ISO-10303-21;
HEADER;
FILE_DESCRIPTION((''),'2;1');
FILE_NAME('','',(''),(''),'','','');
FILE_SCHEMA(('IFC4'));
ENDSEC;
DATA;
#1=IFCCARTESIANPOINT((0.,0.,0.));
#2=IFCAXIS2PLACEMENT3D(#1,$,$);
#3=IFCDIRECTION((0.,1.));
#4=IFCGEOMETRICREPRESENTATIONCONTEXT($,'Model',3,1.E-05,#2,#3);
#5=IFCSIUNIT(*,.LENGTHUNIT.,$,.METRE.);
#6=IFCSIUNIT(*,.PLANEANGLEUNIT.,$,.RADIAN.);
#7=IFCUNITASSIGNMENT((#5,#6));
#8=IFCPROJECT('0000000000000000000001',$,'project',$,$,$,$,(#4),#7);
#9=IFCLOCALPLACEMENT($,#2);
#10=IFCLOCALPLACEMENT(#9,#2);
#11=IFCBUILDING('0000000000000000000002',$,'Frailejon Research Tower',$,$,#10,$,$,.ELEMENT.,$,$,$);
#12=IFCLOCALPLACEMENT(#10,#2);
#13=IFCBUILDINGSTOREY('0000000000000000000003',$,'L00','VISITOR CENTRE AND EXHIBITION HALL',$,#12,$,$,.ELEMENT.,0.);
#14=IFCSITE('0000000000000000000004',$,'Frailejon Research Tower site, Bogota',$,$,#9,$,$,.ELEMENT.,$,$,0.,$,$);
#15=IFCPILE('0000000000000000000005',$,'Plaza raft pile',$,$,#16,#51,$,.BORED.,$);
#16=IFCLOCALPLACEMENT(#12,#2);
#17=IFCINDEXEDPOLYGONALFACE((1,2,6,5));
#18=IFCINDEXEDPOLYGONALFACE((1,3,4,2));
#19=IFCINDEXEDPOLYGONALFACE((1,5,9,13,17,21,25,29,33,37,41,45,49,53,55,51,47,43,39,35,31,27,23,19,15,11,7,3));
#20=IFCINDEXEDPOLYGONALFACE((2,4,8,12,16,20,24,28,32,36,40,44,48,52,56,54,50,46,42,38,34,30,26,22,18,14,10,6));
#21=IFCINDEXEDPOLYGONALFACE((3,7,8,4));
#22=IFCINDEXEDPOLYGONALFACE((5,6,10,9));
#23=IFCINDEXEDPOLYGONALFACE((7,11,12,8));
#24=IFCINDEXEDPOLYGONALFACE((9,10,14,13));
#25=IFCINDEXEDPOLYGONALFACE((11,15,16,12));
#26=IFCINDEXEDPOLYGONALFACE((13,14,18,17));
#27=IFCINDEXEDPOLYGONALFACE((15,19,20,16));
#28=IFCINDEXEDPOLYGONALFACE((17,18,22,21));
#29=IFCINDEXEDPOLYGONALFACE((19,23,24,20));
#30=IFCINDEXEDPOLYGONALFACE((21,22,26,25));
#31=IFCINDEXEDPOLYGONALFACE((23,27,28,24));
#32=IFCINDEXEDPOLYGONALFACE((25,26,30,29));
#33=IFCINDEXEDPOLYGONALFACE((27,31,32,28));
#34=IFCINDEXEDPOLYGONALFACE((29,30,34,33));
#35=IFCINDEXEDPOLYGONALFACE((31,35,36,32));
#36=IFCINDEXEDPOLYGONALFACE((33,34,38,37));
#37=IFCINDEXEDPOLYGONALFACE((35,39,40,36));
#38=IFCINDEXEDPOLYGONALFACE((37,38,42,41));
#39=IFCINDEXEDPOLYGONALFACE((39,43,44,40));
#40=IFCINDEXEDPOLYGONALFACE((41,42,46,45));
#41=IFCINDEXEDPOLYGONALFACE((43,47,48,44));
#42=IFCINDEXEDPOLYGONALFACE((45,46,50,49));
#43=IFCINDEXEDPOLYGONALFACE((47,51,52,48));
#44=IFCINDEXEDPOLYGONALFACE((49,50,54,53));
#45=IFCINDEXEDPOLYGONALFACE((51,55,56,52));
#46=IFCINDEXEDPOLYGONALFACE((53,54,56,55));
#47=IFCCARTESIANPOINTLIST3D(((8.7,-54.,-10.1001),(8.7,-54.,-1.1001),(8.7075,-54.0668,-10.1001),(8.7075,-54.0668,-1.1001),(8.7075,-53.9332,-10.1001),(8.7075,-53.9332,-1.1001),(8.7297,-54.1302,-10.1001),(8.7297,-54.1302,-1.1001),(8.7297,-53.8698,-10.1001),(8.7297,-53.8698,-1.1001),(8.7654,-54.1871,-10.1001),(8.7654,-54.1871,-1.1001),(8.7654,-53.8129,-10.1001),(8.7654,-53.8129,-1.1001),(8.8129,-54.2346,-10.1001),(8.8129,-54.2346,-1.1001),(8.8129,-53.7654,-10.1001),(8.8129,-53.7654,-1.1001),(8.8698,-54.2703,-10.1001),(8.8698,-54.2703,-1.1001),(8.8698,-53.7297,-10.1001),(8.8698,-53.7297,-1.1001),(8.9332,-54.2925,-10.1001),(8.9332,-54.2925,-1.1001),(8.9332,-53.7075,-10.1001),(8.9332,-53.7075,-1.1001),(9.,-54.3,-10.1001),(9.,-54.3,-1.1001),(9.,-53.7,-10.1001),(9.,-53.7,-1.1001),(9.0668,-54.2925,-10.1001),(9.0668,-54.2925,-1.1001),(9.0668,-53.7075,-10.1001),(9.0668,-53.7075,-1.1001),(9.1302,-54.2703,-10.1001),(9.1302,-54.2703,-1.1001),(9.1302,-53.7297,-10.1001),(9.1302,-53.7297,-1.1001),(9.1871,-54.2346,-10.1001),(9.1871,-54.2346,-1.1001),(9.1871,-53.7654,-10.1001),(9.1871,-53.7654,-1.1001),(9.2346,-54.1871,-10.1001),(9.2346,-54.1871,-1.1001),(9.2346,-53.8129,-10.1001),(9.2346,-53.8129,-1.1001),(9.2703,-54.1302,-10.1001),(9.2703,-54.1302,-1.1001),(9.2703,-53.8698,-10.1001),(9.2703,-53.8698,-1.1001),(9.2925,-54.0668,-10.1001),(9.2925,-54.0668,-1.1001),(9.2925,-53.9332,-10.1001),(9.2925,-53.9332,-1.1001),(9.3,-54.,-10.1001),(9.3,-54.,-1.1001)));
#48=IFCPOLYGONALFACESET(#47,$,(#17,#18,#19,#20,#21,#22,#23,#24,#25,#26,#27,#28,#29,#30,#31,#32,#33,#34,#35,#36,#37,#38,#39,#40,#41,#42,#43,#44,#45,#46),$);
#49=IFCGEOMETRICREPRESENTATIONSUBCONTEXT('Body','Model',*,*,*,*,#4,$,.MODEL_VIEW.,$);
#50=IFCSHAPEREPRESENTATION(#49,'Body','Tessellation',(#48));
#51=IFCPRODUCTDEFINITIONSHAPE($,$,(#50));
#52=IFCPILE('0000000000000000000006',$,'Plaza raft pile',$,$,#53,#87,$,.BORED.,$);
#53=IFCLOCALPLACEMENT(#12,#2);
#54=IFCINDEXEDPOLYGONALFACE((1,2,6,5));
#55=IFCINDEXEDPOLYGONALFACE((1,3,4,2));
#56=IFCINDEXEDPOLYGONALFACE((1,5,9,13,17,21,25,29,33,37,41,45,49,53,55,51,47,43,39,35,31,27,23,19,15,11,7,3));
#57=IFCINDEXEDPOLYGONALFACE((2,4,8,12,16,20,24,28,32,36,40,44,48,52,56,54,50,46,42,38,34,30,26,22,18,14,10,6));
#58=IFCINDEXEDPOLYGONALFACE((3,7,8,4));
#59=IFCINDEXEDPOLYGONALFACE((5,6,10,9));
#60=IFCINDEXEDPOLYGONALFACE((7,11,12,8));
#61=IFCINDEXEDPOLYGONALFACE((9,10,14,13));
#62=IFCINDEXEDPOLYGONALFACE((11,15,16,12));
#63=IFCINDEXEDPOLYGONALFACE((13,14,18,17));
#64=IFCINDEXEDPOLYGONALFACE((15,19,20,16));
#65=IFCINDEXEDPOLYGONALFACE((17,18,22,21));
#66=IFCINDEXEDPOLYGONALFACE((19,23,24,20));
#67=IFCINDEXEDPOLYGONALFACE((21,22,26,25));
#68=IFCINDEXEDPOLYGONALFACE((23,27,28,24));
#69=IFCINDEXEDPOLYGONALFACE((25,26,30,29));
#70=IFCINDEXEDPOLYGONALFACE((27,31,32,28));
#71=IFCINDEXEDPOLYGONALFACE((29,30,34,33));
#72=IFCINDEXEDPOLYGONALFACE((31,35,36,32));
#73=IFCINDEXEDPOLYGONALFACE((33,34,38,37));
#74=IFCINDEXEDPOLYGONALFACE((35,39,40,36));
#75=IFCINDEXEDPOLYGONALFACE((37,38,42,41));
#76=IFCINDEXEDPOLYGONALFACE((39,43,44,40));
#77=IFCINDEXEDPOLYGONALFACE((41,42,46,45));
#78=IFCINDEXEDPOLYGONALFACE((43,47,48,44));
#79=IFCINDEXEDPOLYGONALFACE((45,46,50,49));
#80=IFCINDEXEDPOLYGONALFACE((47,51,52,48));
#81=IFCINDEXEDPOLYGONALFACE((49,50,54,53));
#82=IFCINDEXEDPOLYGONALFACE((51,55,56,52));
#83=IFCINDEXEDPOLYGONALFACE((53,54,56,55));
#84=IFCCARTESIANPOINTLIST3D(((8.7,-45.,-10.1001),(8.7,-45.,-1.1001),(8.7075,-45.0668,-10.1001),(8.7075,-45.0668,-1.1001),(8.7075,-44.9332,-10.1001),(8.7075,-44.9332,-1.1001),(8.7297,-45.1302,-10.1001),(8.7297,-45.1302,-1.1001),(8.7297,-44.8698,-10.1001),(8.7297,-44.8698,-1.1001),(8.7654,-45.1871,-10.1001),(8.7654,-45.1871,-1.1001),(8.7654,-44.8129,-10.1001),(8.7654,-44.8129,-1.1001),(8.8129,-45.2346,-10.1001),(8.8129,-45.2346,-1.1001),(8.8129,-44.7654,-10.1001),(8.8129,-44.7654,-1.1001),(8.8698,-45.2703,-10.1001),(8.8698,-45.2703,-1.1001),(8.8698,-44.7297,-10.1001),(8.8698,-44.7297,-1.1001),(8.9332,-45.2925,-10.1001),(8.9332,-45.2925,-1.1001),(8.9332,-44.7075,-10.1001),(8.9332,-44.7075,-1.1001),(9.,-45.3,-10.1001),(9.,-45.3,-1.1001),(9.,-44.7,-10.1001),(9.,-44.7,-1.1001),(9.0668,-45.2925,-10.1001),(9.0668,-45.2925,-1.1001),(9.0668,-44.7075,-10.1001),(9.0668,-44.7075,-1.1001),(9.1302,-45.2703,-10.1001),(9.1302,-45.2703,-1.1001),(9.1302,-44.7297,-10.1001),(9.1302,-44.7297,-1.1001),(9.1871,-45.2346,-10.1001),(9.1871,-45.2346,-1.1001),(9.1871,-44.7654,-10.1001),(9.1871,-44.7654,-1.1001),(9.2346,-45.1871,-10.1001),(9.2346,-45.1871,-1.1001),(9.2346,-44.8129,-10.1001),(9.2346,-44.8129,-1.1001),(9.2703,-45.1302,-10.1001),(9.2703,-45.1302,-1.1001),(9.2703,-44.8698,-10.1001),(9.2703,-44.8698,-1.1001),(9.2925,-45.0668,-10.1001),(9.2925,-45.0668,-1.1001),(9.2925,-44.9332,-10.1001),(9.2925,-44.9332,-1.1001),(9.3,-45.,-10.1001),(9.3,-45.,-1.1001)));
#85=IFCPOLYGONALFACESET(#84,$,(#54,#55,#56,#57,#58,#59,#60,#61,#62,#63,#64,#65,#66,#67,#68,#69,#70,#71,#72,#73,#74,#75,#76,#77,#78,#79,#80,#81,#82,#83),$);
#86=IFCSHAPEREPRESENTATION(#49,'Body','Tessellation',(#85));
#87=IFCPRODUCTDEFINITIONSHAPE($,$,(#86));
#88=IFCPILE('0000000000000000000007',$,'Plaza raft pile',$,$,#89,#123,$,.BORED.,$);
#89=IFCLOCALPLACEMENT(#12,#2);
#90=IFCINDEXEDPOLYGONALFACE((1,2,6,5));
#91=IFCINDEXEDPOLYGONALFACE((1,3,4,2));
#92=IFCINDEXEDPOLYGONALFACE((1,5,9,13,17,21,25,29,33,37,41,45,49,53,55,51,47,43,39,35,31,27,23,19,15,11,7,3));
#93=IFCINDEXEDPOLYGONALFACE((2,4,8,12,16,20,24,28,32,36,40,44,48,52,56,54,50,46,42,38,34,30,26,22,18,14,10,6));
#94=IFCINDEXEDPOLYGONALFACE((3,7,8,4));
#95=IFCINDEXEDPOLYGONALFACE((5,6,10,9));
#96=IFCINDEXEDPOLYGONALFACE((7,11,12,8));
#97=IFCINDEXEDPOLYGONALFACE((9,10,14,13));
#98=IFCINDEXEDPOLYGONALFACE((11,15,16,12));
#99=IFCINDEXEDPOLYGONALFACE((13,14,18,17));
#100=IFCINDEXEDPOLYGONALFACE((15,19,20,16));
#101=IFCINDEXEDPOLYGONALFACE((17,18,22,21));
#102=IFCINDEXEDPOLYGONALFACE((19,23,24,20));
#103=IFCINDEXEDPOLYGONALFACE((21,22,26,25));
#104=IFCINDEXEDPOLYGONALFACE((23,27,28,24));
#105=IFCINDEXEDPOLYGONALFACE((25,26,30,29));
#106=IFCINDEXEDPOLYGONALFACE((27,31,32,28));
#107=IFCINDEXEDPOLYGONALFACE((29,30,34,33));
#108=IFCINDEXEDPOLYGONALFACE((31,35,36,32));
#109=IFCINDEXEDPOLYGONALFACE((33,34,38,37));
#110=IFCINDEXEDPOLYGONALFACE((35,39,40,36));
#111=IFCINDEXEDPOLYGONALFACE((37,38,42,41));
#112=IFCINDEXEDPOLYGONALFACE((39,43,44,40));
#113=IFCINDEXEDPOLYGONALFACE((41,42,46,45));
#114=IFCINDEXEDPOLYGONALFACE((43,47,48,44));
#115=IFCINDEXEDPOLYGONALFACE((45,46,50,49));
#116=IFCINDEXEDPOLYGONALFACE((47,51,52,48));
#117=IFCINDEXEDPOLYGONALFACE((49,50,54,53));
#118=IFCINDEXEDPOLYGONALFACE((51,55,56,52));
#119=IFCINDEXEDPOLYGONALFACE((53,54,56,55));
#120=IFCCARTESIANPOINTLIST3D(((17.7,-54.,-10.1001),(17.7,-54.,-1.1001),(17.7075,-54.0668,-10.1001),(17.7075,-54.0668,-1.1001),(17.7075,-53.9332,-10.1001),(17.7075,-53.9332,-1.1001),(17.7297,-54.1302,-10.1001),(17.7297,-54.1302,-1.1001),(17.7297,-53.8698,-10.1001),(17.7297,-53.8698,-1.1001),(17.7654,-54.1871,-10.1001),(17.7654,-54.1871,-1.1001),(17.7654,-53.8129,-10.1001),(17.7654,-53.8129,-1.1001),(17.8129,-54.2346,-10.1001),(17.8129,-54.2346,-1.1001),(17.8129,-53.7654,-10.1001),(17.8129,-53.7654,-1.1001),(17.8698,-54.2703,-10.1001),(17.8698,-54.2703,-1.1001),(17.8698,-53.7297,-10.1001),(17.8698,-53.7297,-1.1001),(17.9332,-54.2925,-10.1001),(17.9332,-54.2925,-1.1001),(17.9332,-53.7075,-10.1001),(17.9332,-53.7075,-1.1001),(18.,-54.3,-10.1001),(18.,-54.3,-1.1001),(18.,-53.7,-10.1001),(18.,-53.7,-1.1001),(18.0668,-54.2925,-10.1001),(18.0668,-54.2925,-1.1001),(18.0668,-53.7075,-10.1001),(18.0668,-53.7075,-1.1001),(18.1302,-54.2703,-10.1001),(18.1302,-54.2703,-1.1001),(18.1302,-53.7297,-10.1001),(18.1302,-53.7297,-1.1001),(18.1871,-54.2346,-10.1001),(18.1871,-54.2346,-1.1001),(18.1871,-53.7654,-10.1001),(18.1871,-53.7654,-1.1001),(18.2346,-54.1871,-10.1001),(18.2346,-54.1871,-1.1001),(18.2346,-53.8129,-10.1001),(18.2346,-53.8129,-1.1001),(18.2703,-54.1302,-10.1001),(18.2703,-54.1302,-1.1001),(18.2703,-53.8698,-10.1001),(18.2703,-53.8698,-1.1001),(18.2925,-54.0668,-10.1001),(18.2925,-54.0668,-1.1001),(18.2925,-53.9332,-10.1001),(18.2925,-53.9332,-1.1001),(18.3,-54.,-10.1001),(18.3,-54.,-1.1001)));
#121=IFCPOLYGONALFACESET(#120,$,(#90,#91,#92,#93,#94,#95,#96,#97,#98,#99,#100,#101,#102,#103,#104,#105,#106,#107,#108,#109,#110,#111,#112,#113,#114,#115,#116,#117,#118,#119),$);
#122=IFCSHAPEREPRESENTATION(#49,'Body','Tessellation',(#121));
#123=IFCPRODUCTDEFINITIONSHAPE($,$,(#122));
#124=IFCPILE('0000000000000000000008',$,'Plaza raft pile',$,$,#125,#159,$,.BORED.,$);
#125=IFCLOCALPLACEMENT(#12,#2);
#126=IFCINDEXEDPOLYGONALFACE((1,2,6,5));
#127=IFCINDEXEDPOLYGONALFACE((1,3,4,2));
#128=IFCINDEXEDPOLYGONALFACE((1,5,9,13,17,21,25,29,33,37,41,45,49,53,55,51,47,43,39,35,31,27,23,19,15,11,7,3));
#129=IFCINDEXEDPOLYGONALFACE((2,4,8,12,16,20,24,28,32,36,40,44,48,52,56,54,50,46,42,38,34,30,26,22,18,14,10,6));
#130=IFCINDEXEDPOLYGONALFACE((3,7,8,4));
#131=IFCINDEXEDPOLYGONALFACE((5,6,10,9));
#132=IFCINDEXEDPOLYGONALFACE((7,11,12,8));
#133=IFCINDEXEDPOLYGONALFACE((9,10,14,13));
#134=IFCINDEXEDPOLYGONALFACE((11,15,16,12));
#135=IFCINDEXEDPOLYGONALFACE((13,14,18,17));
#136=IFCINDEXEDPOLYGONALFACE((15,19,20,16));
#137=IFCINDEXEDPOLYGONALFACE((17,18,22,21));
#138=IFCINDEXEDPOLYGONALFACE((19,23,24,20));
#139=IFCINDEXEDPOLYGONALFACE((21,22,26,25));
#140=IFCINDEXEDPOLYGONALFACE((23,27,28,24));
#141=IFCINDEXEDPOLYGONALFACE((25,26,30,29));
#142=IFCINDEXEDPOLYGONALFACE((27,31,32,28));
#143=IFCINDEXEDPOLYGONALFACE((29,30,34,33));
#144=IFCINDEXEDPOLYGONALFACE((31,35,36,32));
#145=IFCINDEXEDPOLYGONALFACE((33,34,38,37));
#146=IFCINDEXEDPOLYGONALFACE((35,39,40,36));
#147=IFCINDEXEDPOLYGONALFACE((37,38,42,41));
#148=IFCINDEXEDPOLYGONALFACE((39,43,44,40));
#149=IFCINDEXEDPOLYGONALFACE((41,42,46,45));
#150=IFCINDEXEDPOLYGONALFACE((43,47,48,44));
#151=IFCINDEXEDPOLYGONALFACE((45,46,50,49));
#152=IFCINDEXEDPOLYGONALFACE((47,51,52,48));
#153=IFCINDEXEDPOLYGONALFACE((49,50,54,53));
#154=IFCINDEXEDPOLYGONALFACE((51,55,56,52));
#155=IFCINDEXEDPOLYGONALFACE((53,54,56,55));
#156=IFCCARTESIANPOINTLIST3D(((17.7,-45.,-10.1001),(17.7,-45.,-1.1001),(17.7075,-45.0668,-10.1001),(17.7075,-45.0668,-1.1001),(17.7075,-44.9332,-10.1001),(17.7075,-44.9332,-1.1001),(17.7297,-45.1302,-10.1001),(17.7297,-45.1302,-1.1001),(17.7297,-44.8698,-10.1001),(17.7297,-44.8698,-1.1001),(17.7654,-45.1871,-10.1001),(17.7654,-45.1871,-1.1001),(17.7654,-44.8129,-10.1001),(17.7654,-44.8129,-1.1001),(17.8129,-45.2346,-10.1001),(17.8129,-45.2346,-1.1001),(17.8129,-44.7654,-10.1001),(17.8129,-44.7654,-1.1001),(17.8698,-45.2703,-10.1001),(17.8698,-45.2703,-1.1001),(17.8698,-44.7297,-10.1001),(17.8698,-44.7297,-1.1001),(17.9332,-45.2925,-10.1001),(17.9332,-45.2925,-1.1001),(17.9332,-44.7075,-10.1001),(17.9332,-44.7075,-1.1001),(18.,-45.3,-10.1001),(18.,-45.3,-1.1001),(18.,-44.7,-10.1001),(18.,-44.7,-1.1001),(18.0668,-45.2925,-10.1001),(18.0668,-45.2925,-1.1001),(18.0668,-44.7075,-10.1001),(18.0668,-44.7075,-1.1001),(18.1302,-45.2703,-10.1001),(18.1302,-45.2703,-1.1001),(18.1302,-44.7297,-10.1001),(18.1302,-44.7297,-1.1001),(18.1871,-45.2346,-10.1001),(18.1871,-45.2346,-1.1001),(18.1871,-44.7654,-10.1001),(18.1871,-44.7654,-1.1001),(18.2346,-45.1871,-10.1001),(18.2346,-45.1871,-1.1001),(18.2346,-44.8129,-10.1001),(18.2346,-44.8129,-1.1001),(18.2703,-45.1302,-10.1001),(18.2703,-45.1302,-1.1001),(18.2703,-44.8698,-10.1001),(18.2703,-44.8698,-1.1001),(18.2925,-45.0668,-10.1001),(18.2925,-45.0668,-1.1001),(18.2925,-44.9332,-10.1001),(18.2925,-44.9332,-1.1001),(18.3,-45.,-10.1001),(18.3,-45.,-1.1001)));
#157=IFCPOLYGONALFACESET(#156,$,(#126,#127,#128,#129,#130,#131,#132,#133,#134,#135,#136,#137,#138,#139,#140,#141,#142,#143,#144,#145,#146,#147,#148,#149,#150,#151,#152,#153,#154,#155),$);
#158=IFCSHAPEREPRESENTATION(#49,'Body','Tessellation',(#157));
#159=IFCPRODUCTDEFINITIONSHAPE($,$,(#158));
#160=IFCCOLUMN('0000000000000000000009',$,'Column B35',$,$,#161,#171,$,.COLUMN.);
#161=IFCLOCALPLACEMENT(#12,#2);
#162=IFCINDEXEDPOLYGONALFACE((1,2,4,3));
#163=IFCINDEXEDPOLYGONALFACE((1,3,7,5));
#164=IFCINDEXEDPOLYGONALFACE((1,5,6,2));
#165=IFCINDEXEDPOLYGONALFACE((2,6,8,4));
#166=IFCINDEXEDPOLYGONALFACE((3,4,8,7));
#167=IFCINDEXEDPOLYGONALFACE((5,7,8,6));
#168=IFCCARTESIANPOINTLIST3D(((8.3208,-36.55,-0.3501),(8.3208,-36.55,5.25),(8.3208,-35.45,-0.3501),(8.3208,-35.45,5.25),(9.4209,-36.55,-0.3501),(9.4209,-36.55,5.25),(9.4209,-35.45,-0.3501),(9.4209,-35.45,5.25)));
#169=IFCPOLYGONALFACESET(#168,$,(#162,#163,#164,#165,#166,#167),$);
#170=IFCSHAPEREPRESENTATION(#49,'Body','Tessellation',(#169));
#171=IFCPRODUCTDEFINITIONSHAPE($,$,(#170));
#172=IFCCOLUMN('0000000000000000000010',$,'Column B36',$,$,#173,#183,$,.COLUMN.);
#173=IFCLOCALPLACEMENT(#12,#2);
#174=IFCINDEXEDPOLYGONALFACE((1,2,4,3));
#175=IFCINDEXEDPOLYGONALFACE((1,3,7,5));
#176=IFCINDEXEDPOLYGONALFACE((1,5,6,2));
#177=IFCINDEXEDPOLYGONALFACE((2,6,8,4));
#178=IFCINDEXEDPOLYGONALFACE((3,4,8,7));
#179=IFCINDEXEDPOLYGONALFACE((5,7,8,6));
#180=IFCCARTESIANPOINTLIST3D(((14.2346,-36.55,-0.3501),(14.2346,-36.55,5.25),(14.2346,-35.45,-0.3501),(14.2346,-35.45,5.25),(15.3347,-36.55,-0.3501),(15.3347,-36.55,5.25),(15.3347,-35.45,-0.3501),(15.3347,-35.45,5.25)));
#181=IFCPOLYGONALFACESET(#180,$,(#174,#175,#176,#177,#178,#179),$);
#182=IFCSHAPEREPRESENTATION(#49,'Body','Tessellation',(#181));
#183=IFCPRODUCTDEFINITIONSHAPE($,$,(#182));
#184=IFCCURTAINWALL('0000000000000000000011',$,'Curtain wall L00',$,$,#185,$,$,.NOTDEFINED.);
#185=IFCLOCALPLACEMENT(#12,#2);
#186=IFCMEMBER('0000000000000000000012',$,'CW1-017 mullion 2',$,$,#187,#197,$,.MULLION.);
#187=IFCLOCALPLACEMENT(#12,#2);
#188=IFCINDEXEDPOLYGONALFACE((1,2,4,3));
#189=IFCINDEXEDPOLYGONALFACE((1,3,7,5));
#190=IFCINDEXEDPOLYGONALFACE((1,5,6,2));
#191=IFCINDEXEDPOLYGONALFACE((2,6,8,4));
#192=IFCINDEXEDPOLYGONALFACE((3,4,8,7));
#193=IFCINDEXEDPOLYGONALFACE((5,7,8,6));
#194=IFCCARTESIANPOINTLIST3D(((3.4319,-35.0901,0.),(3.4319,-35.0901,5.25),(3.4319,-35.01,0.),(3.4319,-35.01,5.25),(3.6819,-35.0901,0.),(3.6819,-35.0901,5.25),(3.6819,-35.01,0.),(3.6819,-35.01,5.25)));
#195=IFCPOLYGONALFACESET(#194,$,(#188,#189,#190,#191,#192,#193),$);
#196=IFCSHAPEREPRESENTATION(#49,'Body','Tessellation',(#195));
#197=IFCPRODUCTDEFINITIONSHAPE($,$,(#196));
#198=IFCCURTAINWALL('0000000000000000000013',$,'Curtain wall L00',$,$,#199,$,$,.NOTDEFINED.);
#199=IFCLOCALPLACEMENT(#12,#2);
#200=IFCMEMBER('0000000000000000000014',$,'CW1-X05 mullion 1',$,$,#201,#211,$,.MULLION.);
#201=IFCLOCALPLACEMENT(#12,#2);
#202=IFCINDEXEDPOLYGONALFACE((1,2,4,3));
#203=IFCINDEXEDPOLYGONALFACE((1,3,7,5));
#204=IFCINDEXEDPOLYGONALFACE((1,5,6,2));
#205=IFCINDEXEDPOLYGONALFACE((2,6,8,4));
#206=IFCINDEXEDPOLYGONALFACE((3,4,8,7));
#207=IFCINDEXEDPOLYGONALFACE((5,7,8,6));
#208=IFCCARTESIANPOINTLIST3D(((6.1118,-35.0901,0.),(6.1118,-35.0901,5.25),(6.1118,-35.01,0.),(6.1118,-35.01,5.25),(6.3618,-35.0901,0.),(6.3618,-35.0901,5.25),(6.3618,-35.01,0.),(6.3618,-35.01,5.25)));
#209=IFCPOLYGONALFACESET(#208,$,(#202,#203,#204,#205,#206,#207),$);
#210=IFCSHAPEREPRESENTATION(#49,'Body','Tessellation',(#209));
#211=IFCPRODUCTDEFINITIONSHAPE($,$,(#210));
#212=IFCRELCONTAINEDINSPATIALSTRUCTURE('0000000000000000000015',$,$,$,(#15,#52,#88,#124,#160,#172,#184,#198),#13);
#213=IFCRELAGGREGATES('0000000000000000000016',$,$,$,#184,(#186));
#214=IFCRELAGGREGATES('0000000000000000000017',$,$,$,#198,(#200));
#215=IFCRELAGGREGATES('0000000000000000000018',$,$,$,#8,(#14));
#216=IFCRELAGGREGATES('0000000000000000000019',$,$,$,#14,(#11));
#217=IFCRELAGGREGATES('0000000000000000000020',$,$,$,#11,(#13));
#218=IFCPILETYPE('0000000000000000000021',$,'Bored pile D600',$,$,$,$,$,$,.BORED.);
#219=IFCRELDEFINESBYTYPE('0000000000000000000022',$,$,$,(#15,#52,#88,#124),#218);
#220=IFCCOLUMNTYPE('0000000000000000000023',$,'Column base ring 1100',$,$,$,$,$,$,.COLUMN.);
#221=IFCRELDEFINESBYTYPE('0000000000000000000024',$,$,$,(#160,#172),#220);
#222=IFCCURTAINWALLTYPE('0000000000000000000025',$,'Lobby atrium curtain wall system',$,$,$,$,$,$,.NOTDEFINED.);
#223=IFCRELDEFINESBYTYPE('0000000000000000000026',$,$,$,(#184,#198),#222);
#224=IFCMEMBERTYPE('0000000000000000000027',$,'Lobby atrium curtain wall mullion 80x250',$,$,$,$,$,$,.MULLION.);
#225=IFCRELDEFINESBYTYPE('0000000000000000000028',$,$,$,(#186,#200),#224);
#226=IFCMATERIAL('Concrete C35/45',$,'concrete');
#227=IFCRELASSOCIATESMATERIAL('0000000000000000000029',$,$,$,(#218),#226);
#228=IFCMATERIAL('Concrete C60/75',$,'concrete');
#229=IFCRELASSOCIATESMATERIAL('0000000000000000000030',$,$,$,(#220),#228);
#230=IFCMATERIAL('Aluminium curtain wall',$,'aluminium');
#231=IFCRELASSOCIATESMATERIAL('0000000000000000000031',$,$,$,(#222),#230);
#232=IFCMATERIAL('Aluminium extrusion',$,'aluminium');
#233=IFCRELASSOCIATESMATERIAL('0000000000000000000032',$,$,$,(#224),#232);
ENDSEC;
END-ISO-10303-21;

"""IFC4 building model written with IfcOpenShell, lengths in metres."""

from ifc_helpers import new_model, si_unit, direction, frame, origin, origin_2d, place, context, subcontext, project, spatial, rectangle, circle, extrude, material, material_profile, profile_set, type_object, element, aggregate, save


model = new_model("IFC4")

# Units and contexts
model_context = context("Model", 3, precision=1e-05, world=origin(), true_north=direction((0.0, 1.0)))
body_context = subcontext(model_context, "Body", "Model", "MODEL_VIEW")
ifc_project = project(units=[si_unit("LENGTHUNIT", "METRE"), si_unit("PLANEANGLEUNIT", "RADIAN")], contexts=[model_context])

# Site, building, storey
site_placement = place(None, origin())
site = spatial("IfcSite", under=ifc_project, at=site_placement, Name="Frailejon Research Tower site, Bogota", CompositionType="ELEMENT", RefElevation=0.0)
building_placement = place(site_placement, origin())
building = spatial("IfcBuilding", under=site, at=building_placement, Name="Frailejon Research Tower", CompositionType="ELEMENT")
storey_placement = place(building_placement, origin())
storey = spatial("IfcBuildingStorey", under=building, at=storey_placement, Name="L00", Description="VISITOR CENTRE AND EXHIBITION HALL", CompositionType="ELEMENT", Elevation=0.0)

# Piles
ifc_material_1 = material(Name="Concrete C35/45", Category="concrete")
ifc_material_profile_1 = material_profile(ifc_material_1, circle(Radius=0.3, at=origin_2d()), Name="Bored pile D600")
ifc_profile_set_1 = profile_set([ifc_material_profile_1], Name="Concrete C35/45")
pile_type = type_object("IfcPileType", Name="Bored pile D600", PredefinedType="BORED", material=ifc_profile_set_1)
for number, where, z_axis, x_axis, name in (
    (1, (9.0, -54.0, -1.1001), (0.0, 0.0, -1.0), (1.0, 0.0, 0.0), "Plaza raft pile"),
    (2, (9.0, -45.0, -1.1001), (0.0, 0.0, -1.0), (1.0, 0.0, 0.0), "Plaza raft pile"),
    (3, (18.0, -54.0, -1.1001), (0.0, 0.0, -1.0), (1.0, 0.0, 0.0), "Plaza raft pile"),
    (4, (18.0, -45.0, -1.1001), (0.0, 0.0, -1.0), (1.0, 0.0, 0.0), "Plaza raft pile"),
):
    element("IfcPile", number, at=place(storey_placement, frame(where, z_axis=z_axis, x_axis=x_axis)), inside=storey, type_object=pile_type, Name=name, PredefinedType="BORED", context=body_context, shape_type="SweptSolid", body=[
        extrude(circle(Radius=0.3, at=origin_2d()), origin(), (0.0, 0.0, 1.0), 9.0),
    ])

# Columns
ifc_material_2 = material(Name="Concrete C60/75", Category="concrete")
ifc_material_profile_2 = material_profile(ifc_material_2, rectangle(XDim=1.1001, YDim=1.1001, at=origin_2d()), Name="Column base ring 1100")
ifc_profile_set_2 = profile_set([ifc_material_profile_2], Name="Concrete C60/75")
column_type = type_object("IfcColumnType", Name="Column base ring 1100", PredefinedType="COLUMN", material=ifc_profile_set_2)
for number, where, z_axis, x_axis, name in (
    (5, (8.8708, -36.0, -0.3501), (0.0, 0.0, 1.0), (1.0, 0.0, 0.0), "Column B35"),
    (6, (14.7847, -36.0, -0.3501), (0.0, 0.0, 1.0), (1.0, 0.0, 0.0), "Column B36"),
):
    element("IfcColumn", number, at=place(storey_placement, frame(where, z_axis=z_axis, x_axis=x_axis)), inside=storey, type_object=column_type, Name=name, PredefinedType="COLUMN", context=body_context, shape_type="SweptSolid", body=[
        extrude(rectangle(XDim=1.1001, YDim=1.1001, at=origin_2d()), origin(), (0.0, 0.0, 1.0), 5.6001),
    ])

# Curtain wall, member
ifc_material_3 = material(Name="Aluminium curtain wall", Category="aluminium")
curtain_wall_type = type_object("IfcCurtainWallType", Name="Lobby atrium curtain wall system", PredefinedType="NOTDEFINED", material=ifc_material_3)
curtain_wall_1_placement = place(storey_placement, origin())
curtain_wall_1 = element("IfcCurtainWall", 7, at=curtain_wall_1_placement, inside=storey, type_object=curtain_wall_type, Name="Curtain wall L00", PredefinedType="NOTDEFINED")
ifc_material_4 = material(Name="Aluminium extrusion", Category="aluminium")
ifc_material_profile_3 = material_profile(ifc_material_4, rectangle(XDim=0.0801, YDim=0.25, at=origin_2d()), Name="Lobby atrium curtain wall mullion 80x250")
ifc_profile_set_3 = profile_set([ifc_material_profile_3], Name="Aluminium extrusion")
member_type_1 = type_object("IfcMemberType", Name="Lobby atrium curtain wall mullion 80x250", PredefinedType="MULLION", material=ifc_profile_set_3)
member_1_placement = place(storey_placement, frame((3.5569, -35.05, 0.0), z_axis=(0.0, 0.0, 1.0), x_axis=(0.0, 1.0, 0.0)))
member_1 = element("IfcMember", 8, at=member_1_placement, type_object=member_type_1, Name="CW1-017 mullion 2", PredefinedType="MULLION", context=body_context, shape_type="SweptSolid", body=[
    extrude(rectangle(XDim=0.0801, YDim=0.25, at=origin_2d()), origin(), (0.0, 0.0, 1.0), 5.25),
])
aggregate(curtain_wall_1, [member_1])

# Curtain wall, member
curtain_wall_2_placement = place(storey_placement, origin())
curtain_wall_2 = element("IfcCurtainWall", 9, at=curtain_wall_2_placement, inside=storey, type_object=curtain_wall_type, Name="Curtain wall L00", PredefinedType="NOTDEFINED")
member_2_placement = place(storey_placement, frame((6.2368, -35.05, 0.0), z_axis=(0.0, 0.0, 1.0), x_axis=(0.0, 1.0, 0.0)))
member_2 = element("IfcMember", 10, at=member_2_placement, type_object=member_type_1, Name="CW1-X05 mullion 1", PredefinedType="MULLION", context=body_context, shape_type="SweptSolid", body=[
    extrude(rectangle(XDim=0.0801, YDim=0.25, at=origin_2d()), origin(), (0.0, 0.0, 1.0), 5.25),
])
aggregate(curtain_wall_2, [member_2])

save(model, "model.ifc")
